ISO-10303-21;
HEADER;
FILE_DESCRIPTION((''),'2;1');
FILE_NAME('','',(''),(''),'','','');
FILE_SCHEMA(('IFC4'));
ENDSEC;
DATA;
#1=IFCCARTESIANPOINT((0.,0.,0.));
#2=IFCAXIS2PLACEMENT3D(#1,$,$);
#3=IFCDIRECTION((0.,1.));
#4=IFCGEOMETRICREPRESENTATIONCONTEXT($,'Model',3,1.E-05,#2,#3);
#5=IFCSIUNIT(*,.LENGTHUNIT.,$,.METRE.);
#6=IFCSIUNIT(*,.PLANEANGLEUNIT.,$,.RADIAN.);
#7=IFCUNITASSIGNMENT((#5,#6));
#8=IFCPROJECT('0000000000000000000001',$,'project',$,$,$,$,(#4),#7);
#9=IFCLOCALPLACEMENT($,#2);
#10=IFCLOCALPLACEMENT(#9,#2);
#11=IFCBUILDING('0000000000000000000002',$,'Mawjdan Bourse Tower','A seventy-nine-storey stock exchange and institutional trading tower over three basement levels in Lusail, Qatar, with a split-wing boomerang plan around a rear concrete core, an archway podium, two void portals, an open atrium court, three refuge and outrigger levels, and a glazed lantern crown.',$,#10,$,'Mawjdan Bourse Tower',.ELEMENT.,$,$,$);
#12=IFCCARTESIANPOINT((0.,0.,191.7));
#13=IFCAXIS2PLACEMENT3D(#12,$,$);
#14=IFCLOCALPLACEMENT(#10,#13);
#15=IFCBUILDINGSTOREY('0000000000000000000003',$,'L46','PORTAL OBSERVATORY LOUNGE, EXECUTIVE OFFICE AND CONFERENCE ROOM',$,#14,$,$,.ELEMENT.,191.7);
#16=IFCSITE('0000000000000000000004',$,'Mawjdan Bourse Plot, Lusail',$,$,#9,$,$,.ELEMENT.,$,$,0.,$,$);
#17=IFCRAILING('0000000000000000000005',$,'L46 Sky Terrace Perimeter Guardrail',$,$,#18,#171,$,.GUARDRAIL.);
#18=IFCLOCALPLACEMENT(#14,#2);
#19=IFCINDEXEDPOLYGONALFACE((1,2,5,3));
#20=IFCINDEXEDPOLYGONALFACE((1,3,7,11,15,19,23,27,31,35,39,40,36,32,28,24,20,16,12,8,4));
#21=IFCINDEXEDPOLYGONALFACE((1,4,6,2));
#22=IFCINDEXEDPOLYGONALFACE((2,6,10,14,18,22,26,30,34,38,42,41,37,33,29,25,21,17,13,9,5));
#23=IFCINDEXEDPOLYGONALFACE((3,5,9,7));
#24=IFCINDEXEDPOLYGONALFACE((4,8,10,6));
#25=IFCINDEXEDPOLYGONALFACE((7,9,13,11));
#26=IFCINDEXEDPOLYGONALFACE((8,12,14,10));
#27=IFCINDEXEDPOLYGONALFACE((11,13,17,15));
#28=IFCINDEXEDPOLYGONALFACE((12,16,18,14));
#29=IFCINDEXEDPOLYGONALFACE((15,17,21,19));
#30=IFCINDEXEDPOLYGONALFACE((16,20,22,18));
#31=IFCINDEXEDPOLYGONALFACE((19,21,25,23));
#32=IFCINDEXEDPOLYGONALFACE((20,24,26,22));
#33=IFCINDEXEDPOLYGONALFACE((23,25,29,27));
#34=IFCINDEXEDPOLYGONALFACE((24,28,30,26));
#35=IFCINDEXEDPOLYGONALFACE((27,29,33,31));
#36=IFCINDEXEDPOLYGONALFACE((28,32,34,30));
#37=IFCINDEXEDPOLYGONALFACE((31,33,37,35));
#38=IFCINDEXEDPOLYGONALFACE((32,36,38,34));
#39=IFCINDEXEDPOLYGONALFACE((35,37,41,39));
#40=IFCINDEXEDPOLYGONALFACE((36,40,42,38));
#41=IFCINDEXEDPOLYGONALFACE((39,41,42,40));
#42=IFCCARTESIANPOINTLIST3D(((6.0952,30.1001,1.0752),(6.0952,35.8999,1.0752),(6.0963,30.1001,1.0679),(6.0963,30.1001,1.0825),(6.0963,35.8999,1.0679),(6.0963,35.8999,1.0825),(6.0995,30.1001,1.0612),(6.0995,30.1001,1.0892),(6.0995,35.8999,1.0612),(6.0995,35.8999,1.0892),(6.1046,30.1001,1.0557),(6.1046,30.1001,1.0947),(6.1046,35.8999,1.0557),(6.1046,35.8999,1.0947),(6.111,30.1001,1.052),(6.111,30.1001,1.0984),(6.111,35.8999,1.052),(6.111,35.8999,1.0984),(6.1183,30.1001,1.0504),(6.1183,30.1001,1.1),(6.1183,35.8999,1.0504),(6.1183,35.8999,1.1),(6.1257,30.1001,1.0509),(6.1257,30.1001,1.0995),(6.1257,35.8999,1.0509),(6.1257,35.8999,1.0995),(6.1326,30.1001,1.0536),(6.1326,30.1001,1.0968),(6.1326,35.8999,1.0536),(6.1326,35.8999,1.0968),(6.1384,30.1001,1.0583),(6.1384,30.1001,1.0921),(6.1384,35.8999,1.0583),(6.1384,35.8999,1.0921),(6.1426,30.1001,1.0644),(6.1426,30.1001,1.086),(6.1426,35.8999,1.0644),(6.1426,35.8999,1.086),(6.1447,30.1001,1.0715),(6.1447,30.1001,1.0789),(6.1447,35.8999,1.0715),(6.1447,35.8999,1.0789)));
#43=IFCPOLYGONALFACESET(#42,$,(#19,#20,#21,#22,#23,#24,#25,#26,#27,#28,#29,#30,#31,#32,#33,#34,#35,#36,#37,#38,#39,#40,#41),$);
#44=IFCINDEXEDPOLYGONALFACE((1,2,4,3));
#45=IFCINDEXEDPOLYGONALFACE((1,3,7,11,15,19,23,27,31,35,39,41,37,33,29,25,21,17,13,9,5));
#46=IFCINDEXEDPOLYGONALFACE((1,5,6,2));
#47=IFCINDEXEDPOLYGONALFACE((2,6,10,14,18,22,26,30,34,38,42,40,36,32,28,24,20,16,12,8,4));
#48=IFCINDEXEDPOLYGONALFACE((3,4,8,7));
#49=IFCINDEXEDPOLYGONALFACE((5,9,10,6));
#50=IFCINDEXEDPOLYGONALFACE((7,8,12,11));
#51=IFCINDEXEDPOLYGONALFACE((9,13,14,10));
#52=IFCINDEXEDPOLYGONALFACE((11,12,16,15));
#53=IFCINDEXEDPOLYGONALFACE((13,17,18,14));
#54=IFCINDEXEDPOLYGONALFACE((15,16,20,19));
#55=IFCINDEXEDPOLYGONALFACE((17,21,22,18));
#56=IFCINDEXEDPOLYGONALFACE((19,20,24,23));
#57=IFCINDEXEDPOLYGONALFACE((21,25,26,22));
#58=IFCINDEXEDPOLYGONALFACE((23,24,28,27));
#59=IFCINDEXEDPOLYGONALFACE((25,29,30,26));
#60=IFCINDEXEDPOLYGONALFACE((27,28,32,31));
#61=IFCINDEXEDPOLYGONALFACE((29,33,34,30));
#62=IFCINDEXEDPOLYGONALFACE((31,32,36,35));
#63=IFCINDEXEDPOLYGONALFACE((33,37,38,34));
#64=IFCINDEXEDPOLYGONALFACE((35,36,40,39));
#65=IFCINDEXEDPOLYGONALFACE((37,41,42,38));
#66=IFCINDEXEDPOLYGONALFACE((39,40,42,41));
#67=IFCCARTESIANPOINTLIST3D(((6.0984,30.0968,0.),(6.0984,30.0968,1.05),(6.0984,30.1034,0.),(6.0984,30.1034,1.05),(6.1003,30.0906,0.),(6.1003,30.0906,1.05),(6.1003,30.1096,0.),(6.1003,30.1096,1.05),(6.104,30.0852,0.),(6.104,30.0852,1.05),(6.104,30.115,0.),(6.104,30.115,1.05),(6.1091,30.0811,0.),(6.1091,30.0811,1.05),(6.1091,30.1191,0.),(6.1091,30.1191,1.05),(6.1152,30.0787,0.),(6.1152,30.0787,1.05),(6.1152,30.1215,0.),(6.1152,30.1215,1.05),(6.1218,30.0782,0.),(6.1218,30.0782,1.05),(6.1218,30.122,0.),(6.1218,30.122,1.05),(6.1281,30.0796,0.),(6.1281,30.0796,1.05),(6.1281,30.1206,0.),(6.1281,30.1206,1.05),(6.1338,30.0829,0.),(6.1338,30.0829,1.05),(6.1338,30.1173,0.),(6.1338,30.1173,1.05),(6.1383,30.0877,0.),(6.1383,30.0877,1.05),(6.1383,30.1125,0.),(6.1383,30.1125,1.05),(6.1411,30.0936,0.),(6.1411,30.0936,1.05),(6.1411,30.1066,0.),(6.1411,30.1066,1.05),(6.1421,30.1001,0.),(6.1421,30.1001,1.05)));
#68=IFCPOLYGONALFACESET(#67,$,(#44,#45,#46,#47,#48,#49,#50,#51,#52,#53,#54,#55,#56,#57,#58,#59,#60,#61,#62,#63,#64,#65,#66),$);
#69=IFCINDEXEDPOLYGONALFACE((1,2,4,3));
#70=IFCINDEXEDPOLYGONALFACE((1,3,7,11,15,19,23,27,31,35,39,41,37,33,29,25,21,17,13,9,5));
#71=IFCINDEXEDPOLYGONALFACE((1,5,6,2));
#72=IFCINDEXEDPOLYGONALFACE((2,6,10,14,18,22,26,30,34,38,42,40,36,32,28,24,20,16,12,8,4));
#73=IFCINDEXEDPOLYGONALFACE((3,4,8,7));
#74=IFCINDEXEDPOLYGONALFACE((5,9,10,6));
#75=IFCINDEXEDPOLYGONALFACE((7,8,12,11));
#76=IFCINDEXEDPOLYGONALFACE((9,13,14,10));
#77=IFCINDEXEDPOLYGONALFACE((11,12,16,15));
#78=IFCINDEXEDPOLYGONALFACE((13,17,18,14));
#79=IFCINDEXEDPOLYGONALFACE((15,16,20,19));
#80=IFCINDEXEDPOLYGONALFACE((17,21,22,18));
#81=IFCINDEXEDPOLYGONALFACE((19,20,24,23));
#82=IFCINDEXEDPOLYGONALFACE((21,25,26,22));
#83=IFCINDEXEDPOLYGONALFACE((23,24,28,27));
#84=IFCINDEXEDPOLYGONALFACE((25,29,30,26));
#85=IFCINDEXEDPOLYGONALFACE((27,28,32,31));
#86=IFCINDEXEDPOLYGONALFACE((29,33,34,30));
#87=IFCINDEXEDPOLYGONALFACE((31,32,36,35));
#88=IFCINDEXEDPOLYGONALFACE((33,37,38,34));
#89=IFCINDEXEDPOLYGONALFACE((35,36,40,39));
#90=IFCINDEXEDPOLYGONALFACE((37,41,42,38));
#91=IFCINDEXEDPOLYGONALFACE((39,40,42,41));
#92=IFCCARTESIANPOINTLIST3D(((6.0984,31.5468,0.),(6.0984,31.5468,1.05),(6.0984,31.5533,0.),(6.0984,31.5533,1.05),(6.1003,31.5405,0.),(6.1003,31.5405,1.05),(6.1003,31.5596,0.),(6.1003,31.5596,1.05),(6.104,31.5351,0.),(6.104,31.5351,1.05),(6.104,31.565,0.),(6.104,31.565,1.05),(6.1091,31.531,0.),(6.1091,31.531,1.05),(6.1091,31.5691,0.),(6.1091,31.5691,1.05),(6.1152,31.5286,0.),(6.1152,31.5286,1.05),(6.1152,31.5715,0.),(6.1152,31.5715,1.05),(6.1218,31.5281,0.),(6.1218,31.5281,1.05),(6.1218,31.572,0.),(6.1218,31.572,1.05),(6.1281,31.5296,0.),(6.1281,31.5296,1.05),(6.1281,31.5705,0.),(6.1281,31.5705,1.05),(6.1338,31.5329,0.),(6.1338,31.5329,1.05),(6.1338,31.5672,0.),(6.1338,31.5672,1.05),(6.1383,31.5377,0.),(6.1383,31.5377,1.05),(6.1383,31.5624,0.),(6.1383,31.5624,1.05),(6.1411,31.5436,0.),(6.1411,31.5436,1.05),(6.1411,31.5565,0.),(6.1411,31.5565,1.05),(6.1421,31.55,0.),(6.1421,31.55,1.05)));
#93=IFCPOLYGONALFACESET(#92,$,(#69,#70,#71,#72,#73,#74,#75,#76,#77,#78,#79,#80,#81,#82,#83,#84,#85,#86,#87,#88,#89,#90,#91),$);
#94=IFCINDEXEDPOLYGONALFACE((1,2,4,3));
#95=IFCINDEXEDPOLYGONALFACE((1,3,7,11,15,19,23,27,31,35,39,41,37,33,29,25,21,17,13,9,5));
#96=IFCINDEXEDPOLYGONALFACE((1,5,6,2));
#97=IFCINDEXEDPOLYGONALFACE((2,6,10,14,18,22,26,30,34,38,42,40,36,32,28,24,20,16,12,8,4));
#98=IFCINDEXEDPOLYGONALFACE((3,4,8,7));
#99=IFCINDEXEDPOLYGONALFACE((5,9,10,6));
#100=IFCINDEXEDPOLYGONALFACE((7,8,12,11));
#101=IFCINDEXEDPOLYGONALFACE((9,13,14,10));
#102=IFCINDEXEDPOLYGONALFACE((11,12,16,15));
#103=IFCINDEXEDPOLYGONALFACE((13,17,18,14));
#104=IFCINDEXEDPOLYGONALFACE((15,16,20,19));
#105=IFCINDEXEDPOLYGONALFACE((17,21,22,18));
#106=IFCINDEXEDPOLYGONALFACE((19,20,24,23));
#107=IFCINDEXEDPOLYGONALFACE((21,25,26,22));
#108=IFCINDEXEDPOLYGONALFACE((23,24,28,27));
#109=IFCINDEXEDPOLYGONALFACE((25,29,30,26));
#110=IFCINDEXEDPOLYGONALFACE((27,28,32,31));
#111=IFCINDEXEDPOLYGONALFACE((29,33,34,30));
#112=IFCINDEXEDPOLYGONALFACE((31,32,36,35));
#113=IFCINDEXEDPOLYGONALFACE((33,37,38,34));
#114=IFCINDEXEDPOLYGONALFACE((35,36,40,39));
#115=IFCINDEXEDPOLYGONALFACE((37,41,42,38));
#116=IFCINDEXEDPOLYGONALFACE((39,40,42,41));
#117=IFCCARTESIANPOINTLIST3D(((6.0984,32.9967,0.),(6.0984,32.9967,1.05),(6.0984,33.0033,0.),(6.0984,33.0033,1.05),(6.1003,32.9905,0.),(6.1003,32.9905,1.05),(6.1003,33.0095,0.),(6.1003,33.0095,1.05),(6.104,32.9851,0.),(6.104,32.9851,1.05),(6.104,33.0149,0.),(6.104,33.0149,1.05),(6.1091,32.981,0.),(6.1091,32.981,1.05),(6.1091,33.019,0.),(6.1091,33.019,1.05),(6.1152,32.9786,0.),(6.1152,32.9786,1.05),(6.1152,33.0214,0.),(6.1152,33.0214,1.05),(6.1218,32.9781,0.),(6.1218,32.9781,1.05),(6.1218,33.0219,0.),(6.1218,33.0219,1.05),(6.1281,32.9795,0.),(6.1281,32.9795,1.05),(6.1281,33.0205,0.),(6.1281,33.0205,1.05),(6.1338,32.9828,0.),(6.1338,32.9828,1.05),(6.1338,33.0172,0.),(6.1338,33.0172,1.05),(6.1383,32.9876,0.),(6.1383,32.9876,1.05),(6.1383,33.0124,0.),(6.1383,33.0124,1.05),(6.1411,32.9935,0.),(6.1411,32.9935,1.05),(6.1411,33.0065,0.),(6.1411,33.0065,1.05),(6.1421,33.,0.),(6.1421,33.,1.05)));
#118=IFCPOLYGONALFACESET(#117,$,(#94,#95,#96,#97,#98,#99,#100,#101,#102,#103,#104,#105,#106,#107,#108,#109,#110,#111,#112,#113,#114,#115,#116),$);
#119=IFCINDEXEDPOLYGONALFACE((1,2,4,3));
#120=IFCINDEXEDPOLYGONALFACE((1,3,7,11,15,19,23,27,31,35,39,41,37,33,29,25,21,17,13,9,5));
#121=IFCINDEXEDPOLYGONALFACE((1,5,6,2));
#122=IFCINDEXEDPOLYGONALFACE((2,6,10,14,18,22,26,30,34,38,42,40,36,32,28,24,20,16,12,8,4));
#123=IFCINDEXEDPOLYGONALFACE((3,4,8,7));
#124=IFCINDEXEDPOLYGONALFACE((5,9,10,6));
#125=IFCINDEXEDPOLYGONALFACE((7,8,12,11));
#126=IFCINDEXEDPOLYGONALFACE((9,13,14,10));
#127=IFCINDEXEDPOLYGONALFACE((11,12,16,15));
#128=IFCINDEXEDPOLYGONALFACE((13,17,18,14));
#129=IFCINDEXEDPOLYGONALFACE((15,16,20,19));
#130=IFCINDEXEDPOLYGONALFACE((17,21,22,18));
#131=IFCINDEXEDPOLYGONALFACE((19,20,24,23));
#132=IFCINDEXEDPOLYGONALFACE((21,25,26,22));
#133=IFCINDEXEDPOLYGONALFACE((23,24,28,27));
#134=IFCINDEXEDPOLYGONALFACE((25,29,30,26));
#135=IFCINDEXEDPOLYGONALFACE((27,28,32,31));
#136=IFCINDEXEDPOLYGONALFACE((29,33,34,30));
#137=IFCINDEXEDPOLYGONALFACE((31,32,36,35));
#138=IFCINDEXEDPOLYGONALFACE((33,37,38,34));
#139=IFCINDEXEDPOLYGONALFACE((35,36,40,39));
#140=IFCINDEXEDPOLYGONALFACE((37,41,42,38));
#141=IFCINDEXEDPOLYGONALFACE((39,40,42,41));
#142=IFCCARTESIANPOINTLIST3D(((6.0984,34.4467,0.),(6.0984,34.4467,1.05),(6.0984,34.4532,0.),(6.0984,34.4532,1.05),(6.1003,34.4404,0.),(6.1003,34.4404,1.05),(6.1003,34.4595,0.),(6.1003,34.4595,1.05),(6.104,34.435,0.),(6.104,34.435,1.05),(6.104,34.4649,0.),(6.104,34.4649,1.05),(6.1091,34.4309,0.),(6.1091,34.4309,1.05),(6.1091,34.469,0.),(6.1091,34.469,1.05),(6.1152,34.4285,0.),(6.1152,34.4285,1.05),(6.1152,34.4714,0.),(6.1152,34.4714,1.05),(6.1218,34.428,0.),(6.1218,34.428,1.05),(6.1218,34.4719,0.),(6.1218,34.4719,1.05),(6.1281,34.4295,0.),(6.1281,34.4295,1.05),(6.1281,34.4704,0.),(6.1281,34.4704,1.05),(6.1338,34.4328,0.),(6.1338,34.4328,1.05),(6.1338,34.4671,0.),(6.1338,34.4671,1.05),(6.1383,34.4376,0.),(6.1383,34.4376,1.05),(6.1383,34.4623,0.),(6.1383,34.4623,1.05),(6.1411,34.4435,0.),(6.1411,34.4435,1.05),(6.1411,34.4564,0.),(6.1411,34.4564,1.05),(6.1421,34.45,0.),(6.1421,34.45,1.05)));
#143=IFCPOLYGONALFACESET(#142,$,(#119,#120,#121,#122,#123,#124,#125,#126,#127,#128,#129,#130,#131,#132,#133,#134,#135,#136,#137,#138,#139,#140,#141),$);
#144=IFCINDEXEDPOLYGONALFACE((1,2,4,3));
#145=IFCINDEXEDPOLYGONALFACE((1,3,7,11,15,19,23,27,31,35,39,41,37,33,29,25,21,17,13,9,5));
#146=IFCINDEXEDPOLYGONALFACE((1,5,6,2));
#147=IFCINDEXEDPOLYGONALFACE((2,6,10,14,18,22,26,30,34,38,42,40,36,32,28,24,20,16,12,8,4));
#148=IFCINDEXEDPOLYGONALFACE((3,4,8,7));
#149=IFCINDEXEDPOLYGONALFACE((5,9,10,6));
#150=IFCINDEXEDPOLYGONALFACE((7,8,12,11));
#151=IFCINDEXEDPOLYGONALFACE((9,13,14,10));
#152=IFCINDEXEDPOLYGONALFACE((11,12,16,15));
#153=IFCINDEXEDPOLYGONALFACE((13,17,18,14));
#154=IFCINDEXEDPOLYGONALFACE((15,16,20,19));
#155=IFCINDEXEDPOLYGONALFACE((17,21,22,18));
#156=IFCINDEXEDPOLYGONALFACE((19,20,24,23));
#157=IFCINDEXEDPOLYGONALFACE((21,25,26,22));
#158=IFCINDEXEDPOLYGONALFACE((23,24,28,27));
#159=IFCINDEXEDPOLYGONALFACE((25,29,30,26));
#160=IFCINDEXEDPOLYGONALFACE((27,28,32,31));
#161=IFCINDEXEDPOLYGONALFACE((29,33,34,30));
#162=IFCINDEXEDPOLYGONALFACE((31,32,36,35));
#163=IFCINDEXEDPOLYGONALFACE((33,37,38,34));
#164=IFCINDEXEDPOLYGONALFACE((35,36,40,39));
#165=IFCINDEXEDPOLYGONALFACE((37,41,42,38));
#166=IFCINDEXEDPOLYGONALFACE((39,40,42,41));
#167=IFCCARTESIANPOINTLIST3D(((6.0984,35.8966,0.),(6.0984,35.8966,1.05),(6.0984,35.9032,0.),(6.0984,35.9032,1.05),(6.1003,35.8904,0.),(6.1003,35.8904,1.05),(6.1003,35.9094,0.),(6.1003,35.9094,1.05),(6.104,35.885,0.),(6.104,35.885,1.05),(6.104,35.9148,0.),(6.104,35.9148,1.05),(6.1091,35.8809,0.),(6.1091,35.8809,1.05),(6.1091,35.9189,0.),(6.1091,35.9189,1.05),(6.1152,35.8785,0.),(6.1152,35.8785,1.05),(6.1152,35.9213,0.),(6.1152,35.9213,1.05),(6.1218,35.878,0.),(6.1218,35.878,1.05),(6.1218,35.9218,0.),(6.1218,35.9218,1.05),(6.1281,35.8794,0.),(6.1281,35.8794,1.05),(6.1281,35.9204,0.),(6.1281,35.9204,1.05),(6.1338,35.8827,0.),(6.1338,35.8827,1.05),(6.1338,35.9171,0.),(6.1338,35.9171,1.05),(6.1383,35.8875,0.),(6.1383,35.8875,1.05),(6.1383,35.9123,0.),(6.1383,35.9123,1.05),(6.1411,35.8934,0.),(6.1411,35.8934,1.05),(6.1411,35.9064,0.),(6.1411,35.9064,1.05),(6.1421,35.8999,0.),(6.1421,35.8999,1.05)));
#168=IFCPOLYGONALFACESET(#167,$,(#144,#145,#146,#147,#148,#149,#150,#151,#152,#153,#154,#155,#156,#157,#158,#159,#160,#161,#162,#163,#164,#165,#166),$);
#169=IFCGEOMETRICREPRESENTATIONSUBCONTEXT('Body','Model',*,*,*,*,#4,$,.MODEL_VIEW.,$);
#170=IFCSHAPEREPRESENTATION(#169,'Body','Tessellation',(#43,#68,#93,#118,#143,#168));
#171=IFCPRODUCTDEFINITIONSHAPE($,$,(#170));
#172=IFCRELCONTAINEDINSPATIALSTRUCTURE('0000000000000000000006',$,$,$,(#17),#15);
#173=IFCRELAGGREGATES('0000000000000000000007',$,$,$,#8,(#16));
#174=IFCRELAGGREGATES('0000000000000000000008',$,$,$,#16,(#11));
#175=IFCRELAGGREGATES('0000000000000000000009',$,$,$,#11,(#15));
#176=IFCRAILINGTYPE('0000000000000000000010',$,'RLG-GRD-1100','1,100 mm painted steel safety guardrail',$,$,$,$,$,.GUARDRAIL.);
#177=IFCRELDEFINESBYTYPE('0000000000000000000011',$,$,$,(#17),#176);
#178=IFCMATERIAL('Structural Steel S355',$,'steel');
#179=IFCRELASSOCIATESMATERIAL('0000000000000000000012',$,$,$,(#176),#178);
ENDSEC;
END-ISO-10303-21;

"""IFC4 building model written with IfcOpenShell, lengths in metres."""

from ifc_helpers import new_model, si_unit, direction, frame, origin, origin_2d, place, context, subcontext, project, spatial, circle, extrude, material, type_object, element, save


model = new_model("IFC4")

# Units and contexts
model_context = context("Model", 3, precision=1e-05, world=origin(), true_north=direction((0.0, 1.0)))
body_context = subcontext(model_context, "Body", "Model", "MODEL_VIEW")
ifc_project = project(units=[si_unit("LENGTHUNIT", "METRE"), si_unit("PLANEANGLEUNIT", "RADIAN")], contexts=[model_context])

# Site, building, storey
site_placement = place(None, origin())
site = spatial("IfcSite", under=ifc_project, at=site_placement, Name="Mawjdan Bourse Plot, Lusail", CompositionType="ELEMENT", RefElevation=0.0)
building_placement = place(site_placement, origin())
building = spatial("IfcBuilding", under=site, at=building_placement, Name="Mawjdan Bourse Tower", Description="A seventy-nine-storey stock exchange and institutional trading tower over three basement levels in Lusail, Qatar, with a split-wing boomerang plan around a rear concrete core, an archway podium, two void portals, an open atrium court, three refuge and outrigger levels, and a glazed lantern crown.", LongName="Mawjdan Bourse Tower", CompositionType="ELEMENT")
storey_placement = place(building_placement, frame((0.0, 0.0, 191.7)))
storey = spatial("IfcBuildingStorey", under=building, at=storey_placement, Name="L46", Description="PORTAL OBSERVATORY LOUNGE, EXECUTIVE OFFICE AND CONFERENCE ROOM", CompositionType="ELEMENT", Elevation=191.7)

# Shared definitions
ifc_material_1 = material(Name="Structural Steel S355", Category="steel")

# Railing
railing_type = type_object("IfcRailingType", Name="RLG-GRD-1100", Description="1,100 mm painted steel safety guardrail", PredefinedType="GUARDRAIL", material=ifc_material_1)
railing_placement = place(storey_placement, frame((6.1201, 30.1001, 0.0)))
element("IfcRailing", 1, at=railing_placement, inside=storey, type_object=railing_type, Name="L46 Sky Terrace Perimeter Guardrail", PredefinedType="GUARDRAIL", context=body_context, shape_type="SweptSolid", body=[
    extrude(circle(Radius=0.0249, at=origin_2d()), frame((0.0, 0.0, 1.0752), z_axis=(0.0, 1.0, 0.0), x_axis=(-1.0, 0.0, 0.0)), (0.0, 0.0, 1.0), 5.7998),
    extrude(circle(Radius=0.022, at=origin_2d()), origin(), (0.0, 0.0, 1.0), 1.05),
    extrude(circle(Radius=0.022, at=origin_2d()), frame((0.0, 1.45, 0.0)), (0.0, 0.0, 1.0), 1.05),
    extrude(circle(Radius=0.022, at=origin_2d()), frame((0.0, 2.8999, 0.0)), (0.0, 0.0, 1.0), 1.05),
    extrude(circle(Radius=0.022, at=origin_2d()), frame((0.0, 4.3499, 0.0)), (0.0, 0.0, 1.0), 1.05),
    extrude(circle(Radius=0.022, at=origin_2d()), frame((0.0, 5.7998, 0.0)), (0.0, 0.0, 1.0), 1.05),
])

save(model, "model.ifc")
